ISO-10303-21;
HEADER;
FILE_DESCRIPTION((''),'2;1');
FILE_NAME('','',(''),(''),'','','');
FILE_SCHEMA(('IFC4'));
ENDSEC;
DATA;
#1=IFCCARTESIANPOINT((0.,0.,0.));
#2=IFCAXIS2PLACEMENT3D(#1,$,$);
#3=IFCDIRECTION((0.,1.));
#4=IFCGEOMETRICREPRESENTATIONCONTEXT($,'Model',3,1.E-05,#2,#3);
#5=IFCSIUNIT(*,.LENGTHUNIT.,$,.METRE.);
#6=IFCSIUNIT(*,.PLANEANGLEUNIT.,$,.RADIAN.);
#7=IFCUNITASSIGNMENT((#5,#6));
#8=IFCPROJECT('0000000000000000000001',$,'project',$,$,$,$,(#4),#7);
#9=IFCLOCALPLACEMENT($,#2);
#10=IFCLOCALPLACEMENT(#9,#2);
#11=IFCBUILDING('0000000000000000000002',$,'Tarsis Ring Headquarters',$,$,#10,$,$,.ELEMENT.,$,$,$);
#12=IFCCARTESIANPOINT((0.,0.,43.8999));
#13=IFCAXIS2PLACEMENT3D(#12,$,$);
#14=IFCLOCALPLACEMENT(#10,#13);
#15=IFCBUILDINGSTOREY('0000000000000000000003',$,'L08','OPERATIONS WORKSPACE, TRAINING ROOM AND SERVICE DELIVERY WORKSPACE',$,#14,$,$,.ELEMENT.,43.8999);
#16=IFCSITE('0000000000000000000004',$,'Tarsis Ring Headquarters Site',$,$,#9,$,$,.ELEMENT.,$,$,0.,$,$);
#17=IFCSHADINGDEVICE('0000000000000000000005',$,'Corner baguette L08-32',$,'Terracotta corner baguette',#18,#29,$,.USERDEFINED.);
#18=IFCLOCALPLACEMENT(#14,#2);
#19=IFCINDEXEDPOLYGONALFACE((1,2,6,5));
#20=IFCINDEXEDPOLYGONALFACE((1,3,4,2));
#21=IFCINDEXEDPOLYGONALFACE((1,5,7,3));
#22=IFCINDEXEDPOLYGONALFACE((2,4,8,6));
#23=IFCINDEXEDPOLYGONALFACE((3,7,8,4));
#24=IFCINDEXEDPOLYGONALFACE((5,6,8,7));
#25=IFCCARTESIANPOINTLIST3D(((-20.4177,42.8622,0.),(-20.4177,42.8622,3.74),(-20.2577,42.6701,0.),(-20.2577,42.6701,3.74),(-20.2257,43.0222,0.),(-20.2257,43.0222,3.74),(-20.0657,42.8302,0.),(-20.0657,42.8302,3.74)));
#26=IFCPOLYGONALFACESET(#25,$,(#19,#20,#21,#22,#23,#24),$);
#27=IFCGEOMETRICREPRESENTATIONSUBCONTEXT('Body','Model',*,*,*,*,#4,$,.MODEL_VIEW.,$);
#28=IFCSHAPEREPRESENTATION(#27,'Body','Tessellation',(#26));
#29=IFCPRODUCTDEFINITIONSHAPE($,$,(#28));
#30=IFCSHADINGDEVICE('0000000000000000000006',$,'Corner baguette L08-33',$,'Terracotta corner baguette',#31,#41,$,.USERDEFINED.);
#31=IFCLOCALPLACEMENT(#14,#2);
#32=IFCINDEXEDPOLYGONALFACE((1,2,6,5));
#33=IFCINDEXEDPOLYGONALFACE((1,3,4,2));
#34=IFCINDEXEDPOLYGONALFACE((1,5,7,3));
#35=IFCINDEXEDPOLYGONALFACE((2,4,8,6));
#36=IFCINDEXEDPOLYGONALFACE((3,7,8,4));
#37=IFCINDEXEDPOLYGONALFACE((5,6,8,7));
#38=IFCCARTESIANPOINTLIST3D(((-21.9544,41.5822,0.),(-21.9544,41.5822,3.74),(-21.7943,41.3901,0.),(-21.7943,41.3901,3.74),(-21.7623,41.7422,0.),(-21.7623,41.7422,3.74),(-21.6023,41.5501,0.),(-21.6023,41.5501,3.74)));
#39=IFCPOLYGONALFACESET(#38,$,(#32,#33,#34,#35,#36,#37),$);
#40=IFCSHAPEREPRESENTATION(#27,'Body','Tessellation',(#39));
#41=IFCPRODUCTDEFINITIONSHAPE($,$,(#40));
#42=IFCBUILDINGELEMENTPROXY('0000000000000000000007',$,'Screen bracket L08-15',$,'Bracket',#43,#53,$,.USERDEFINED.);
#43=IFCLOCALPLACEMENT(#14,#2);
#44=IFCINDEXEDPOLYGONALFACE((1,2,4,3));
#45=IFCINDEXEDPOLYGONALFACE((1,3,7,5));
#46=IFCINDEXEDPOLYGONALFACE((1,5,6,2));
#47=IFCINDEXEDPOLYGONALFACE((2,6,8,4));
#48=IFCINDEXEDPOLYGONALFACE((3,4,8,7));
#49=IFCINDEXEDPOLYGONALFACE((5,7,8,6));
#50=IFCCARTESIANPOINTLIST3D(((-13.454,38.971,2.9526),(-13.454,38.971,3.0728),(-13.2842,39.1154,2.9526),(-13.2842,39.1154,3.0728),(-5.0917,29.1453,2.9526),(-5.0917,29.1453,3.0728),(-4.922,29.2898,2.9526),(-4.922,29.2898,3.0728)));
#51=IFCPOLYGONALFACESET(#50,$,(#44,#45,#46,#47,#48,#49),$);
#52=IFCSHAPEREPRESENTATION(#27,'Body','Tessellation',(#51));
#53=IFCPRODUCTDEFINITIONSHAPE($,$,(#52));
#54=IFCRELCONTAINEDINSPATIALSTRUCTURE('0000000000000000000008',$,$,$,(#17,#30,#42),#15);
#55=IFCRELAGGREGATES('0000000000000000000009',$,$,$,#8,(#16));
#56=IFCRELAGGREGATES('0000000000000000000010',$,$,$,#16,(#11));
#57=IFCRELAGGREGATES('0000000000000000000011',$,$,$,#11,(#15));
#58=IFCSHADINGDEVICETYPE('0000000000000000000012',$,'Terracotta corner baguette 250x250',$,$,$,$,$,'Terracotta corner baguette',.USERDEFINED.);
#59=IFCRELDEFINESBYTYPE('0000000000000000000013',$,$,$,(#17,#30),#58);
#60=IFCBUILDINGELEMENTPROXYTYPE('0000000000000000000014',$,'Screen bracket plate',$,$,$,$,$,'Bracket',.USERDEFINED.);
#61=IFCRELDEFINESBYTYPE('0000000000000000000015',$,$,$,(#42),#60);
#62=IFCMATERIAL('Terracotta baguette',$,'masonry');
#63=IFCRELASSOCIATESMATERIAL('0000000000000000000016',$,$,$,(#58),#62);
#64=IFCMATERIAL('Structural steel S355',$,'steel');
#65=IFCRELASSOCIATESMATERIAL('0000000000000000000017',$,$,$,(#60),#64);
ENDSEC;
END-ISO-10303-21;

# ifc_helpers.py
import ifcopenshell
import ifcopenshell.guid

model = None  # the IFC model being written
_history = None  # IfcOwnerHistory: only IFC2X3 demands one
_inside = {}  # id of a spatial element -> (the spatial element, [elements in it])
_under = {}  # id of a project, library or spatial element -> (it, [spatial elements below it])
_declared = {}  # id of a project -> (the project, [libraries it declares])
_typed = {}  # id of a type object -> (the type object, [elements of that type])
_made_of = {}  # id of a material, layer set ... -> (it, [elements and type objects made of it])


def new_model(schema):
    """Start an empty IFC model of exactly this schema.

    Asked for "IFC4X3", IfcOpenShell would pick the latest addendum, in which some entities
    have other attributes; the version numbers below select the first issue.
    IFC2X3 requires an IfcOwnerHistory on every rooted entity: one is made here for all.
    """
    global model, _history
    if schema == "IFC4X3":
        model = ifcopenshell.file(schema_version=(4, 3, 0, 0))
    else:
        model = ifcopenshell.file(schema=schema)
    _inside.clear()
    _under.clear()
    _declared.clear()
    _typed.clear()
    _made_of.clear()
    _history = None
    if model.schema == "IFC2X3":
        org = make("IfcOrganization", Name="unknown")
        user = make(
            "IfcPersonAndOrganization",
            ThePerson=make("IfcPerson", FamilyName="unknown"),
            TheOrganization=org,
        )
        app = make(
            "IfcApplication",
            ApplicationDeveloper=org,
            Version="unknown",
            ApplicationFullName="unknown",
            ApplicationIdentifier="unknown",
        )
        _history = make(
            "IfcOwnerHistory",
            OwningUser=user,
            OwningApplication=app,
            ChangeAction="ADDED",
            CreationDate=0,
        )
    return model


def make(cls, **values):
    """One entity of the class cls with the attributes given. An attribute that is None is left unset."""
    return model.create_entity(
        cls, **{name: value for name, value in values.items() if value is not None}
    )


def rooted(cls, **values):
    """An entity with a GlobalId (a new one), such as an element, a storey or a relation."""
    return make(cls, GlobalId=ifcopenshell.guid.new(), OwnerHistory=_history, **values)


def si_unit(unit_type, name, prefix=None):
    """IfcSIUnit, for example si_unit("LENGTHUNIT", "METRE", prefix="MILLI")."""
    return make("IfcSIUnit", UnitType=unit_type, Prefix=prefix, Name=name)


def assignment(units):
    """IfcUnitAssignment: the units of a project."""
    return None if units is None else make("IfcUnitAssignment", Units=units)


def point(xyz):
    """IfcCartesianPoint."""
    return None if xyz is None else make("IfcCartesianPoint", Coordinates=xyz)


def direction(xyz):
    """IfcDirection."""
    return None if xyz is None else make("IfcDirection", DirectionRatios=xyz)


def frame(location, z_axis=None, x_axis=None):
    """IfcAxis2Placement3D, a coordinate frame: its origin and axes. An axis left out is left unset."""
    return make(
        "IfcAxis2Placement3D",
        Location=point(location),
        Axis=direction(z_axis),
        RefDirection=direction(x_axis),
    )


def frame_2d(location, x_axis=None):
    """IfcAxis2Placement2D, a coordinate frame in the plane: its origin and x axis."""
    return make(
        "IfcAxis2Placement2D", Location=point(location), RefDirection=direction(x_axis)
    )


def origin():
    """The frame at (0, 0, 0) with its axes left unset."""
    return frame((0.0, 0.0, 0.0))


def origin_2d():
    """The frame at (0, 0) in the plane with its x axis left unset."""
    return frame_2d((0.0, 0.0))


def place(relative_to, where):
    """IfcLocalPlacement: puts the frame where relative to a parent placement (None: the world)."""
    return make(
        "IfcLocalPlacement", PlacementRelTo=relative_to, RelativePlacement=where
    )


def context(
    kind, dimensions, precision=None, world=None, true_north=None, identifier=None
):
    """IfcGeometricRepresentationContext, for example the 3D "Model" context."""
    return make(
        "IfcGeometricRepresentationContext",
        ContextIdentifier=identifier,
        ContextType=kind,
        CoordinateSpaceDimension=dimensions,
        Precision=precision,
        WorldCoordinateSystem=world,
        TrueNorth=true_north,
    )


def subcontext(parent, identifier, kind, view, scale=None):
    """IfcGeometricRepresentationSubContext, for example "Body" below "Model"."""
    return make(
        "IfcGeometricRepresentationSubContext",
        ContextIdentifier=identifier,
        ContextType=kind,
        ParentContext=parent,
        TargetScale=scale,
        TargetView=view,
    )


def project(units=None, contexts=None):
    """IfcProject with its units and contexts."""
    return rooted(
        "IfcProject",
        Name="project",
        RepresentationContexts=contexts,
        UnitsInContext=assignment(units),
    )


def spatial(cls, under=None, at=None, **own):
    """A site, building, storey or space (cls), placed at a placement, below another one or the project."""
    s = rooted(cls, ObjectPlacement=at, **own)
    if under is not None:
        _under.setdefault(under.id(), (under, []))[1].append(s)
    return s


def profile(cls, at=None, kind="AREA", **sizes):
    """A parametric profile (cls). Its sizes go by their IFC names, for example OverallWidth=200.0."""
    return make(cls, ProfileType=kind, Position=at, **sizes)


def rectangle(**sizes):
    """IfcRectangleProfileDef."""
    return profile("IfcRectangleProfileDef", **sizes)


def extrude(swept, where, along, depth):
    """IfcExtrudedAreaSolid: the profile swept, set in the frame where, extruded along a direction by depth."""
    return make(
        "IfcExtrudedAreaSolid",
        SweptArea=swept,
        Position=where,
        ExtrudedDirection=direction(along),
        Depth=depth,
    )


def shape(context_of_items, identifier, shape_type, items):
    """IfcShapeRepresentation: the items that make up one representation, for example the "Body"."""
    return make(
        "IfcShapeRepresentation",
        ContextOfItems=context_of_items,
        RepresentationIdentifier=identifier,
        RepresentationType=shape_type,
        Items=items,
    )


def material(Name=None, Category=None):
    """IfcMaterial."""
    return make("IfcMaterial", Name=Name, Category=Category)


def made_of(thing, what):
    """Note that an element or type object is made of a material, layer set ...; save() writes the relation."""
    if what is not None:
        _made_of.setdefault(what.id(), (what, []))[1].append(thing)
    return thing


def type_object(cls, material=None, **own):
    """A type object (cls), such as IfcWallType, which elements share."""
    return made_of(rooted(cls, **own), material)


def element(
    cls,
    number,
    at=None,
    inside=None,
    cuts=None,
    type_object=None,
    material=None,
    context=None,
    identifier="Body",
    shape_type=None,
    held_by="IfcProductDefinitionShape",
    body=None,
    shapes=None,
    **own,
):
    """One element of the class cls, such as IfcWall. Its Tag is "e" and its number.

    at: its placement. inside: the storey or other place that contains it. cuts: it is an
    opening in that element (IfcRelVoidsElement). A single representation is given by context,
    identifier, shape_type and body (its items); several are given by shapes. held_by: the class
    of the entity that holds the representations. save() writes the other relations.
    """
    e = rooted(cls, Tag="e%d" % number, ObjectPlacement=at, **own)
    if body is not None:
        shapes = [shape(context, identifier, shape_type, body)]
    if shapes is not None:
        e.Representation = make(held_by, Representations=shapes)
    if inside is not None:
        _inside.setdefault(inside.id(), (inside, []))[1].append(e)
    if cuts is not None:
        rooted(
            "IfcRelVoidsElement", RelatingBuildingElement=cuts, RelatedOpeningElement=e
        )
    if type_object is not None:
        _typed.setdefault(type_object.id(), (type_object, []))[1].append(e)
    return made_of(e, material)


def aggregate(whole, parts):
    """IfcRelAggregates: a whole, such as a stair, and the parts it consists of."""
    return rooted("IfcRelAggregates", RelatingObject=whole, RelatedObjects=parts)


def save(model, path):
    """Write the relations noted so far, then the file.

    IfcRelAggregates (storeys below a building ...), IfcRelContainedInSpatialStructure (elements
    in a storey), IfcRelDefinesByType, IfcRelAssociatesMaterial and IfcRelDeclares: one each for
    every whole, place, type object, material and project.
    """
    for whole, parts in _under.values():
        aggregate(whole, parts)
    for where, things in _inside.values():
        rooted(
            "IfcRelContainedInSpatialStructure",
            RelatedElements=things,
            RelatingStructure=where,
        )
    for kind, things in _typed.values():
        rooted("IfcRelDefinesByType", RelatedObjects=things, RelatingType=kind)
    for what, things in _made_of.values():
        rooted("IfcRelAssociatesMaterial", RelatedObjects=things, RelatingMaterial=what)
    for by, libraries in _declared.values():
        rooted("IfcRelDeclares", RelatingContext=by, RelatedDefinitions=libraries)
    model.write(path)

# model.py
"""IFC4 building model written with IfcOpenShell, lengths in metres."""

from ifc_helpers import new_model, si_unit, direction, frame, origin, origin_2d, place, context, subcontext, project, spatial, rectangle, extrude, material, type_object, element, save


model = new_model("IFC4")

# Units and contexts
model_context = context("Model", 3, precision=1e-05, world=origin(), true_north=direction((0.0, 1.0)))
body_context = subcontext(model_context, "Body", "Model", "MODEL_VIEW")
ifc_project = project(units=[si_unit("LENGTHUNIT", "METRE"), si_unit("PLANEANGLEUNIT", "RADIAN")], contexts=[model_context])

# Site, building, storey
site_placement = place(None, origin())
site = spatial("IfcSite", under=ifc_project, at=site_placement, Name="Tarsis Ring Headquarters Site", CompositionType="ELEMENT", RefElevation=0.0)
building_placement = place(site_placement, origin())
building = spatial("IfcBuilding", under=site, at=building_placement, Name="Tarsis Ring Headquarters", CompositionType="ELEMENT")
storey_placement = place(building_placement, frame((0.0, 0.0, 43.8999)))
storey = spatial("IfcBuildingStorey", under=building, at=storey_placement, Name="L08", Description="OPERATIONS WORKSPACE, TRAINING ROOM AND SERVICE DELIVERY WORKSPACE", CompositionType="ELEMENT", Elevation=43.8999)

# Shared definitions
ifc_material_1 = material(Name="Structural steel S355", Category="steel")

# Shading devices
ifc_material_2 = material(Name="Terracotta baguette", Category="masonry")
shading_device_type_1 = type_object("IfcShadingDeviceType", Name="Terracotta corner baguette 250x250", ElementType="Terracotta corner baguette", PredefinedType="USERDEFINED", material=ifc_material_2)
for number, where, z_axis, x_axis, name in (
    (1, (-20.2417, 42.8462, 0.0), (0.0, 0.0, 1.0), (-0.64011, 0.768284, 0.0), "Corner baguette L08-32"),
    (2, (-21.7783, 41.5662, 0.0), (0.0, 0.0, 1.0), (-0.768284, -0.64011, 0.0), "Corner baguette L08-33"),
):
    element("IfcShadingDevice", number, at=place(storey_placement, frame(where, z_axis=z_axis, x_axis=x_axis)), inside=storey, type_object=shading_device_type_1, Name=name, ObjectType="Terracotta corner baguette", PredefinedType="USERDEFINED", context=body_context, shape_type="SweptSolid", body=[
        extrude(rectangle(XDim=0.25, YDim=0.25, at=origin_2d()), origin(), (0.0, 0.0, 1.0), 3.74),
    ])

# Building element proxy
building_element_proxy_type = type_object("IfcBuildingElementProxyType", Name="Screen bracket plate", ElementType="Bracket", PredefinedType="USERDEFINED", material=ifc_material_1)
proxy_placement = place(storey_placement, frame((-9.188, 34.1304, 2.9526), z_axis=(0.0, 0.0, 1.0), x_axis=(-0.64812, 0.761538, 0.0)))
element("IfcBuildingElementProxy", 3, at=proxy_placement, inside=storey, type_object=building_element_proxy_type, Name="Screen bracket L08-15", ObjectType="Bracket", PredefinedType="USERDEFINED", context=body_context, shape_type="SweptSolid", body=[
    extrude(rectangle(XDim=12.9023, YDim=0.2229, at=origin_2d()), origin(), (0.0, 0.0, 1.0), 0.1201),
])

save(model, "model.ifc")
